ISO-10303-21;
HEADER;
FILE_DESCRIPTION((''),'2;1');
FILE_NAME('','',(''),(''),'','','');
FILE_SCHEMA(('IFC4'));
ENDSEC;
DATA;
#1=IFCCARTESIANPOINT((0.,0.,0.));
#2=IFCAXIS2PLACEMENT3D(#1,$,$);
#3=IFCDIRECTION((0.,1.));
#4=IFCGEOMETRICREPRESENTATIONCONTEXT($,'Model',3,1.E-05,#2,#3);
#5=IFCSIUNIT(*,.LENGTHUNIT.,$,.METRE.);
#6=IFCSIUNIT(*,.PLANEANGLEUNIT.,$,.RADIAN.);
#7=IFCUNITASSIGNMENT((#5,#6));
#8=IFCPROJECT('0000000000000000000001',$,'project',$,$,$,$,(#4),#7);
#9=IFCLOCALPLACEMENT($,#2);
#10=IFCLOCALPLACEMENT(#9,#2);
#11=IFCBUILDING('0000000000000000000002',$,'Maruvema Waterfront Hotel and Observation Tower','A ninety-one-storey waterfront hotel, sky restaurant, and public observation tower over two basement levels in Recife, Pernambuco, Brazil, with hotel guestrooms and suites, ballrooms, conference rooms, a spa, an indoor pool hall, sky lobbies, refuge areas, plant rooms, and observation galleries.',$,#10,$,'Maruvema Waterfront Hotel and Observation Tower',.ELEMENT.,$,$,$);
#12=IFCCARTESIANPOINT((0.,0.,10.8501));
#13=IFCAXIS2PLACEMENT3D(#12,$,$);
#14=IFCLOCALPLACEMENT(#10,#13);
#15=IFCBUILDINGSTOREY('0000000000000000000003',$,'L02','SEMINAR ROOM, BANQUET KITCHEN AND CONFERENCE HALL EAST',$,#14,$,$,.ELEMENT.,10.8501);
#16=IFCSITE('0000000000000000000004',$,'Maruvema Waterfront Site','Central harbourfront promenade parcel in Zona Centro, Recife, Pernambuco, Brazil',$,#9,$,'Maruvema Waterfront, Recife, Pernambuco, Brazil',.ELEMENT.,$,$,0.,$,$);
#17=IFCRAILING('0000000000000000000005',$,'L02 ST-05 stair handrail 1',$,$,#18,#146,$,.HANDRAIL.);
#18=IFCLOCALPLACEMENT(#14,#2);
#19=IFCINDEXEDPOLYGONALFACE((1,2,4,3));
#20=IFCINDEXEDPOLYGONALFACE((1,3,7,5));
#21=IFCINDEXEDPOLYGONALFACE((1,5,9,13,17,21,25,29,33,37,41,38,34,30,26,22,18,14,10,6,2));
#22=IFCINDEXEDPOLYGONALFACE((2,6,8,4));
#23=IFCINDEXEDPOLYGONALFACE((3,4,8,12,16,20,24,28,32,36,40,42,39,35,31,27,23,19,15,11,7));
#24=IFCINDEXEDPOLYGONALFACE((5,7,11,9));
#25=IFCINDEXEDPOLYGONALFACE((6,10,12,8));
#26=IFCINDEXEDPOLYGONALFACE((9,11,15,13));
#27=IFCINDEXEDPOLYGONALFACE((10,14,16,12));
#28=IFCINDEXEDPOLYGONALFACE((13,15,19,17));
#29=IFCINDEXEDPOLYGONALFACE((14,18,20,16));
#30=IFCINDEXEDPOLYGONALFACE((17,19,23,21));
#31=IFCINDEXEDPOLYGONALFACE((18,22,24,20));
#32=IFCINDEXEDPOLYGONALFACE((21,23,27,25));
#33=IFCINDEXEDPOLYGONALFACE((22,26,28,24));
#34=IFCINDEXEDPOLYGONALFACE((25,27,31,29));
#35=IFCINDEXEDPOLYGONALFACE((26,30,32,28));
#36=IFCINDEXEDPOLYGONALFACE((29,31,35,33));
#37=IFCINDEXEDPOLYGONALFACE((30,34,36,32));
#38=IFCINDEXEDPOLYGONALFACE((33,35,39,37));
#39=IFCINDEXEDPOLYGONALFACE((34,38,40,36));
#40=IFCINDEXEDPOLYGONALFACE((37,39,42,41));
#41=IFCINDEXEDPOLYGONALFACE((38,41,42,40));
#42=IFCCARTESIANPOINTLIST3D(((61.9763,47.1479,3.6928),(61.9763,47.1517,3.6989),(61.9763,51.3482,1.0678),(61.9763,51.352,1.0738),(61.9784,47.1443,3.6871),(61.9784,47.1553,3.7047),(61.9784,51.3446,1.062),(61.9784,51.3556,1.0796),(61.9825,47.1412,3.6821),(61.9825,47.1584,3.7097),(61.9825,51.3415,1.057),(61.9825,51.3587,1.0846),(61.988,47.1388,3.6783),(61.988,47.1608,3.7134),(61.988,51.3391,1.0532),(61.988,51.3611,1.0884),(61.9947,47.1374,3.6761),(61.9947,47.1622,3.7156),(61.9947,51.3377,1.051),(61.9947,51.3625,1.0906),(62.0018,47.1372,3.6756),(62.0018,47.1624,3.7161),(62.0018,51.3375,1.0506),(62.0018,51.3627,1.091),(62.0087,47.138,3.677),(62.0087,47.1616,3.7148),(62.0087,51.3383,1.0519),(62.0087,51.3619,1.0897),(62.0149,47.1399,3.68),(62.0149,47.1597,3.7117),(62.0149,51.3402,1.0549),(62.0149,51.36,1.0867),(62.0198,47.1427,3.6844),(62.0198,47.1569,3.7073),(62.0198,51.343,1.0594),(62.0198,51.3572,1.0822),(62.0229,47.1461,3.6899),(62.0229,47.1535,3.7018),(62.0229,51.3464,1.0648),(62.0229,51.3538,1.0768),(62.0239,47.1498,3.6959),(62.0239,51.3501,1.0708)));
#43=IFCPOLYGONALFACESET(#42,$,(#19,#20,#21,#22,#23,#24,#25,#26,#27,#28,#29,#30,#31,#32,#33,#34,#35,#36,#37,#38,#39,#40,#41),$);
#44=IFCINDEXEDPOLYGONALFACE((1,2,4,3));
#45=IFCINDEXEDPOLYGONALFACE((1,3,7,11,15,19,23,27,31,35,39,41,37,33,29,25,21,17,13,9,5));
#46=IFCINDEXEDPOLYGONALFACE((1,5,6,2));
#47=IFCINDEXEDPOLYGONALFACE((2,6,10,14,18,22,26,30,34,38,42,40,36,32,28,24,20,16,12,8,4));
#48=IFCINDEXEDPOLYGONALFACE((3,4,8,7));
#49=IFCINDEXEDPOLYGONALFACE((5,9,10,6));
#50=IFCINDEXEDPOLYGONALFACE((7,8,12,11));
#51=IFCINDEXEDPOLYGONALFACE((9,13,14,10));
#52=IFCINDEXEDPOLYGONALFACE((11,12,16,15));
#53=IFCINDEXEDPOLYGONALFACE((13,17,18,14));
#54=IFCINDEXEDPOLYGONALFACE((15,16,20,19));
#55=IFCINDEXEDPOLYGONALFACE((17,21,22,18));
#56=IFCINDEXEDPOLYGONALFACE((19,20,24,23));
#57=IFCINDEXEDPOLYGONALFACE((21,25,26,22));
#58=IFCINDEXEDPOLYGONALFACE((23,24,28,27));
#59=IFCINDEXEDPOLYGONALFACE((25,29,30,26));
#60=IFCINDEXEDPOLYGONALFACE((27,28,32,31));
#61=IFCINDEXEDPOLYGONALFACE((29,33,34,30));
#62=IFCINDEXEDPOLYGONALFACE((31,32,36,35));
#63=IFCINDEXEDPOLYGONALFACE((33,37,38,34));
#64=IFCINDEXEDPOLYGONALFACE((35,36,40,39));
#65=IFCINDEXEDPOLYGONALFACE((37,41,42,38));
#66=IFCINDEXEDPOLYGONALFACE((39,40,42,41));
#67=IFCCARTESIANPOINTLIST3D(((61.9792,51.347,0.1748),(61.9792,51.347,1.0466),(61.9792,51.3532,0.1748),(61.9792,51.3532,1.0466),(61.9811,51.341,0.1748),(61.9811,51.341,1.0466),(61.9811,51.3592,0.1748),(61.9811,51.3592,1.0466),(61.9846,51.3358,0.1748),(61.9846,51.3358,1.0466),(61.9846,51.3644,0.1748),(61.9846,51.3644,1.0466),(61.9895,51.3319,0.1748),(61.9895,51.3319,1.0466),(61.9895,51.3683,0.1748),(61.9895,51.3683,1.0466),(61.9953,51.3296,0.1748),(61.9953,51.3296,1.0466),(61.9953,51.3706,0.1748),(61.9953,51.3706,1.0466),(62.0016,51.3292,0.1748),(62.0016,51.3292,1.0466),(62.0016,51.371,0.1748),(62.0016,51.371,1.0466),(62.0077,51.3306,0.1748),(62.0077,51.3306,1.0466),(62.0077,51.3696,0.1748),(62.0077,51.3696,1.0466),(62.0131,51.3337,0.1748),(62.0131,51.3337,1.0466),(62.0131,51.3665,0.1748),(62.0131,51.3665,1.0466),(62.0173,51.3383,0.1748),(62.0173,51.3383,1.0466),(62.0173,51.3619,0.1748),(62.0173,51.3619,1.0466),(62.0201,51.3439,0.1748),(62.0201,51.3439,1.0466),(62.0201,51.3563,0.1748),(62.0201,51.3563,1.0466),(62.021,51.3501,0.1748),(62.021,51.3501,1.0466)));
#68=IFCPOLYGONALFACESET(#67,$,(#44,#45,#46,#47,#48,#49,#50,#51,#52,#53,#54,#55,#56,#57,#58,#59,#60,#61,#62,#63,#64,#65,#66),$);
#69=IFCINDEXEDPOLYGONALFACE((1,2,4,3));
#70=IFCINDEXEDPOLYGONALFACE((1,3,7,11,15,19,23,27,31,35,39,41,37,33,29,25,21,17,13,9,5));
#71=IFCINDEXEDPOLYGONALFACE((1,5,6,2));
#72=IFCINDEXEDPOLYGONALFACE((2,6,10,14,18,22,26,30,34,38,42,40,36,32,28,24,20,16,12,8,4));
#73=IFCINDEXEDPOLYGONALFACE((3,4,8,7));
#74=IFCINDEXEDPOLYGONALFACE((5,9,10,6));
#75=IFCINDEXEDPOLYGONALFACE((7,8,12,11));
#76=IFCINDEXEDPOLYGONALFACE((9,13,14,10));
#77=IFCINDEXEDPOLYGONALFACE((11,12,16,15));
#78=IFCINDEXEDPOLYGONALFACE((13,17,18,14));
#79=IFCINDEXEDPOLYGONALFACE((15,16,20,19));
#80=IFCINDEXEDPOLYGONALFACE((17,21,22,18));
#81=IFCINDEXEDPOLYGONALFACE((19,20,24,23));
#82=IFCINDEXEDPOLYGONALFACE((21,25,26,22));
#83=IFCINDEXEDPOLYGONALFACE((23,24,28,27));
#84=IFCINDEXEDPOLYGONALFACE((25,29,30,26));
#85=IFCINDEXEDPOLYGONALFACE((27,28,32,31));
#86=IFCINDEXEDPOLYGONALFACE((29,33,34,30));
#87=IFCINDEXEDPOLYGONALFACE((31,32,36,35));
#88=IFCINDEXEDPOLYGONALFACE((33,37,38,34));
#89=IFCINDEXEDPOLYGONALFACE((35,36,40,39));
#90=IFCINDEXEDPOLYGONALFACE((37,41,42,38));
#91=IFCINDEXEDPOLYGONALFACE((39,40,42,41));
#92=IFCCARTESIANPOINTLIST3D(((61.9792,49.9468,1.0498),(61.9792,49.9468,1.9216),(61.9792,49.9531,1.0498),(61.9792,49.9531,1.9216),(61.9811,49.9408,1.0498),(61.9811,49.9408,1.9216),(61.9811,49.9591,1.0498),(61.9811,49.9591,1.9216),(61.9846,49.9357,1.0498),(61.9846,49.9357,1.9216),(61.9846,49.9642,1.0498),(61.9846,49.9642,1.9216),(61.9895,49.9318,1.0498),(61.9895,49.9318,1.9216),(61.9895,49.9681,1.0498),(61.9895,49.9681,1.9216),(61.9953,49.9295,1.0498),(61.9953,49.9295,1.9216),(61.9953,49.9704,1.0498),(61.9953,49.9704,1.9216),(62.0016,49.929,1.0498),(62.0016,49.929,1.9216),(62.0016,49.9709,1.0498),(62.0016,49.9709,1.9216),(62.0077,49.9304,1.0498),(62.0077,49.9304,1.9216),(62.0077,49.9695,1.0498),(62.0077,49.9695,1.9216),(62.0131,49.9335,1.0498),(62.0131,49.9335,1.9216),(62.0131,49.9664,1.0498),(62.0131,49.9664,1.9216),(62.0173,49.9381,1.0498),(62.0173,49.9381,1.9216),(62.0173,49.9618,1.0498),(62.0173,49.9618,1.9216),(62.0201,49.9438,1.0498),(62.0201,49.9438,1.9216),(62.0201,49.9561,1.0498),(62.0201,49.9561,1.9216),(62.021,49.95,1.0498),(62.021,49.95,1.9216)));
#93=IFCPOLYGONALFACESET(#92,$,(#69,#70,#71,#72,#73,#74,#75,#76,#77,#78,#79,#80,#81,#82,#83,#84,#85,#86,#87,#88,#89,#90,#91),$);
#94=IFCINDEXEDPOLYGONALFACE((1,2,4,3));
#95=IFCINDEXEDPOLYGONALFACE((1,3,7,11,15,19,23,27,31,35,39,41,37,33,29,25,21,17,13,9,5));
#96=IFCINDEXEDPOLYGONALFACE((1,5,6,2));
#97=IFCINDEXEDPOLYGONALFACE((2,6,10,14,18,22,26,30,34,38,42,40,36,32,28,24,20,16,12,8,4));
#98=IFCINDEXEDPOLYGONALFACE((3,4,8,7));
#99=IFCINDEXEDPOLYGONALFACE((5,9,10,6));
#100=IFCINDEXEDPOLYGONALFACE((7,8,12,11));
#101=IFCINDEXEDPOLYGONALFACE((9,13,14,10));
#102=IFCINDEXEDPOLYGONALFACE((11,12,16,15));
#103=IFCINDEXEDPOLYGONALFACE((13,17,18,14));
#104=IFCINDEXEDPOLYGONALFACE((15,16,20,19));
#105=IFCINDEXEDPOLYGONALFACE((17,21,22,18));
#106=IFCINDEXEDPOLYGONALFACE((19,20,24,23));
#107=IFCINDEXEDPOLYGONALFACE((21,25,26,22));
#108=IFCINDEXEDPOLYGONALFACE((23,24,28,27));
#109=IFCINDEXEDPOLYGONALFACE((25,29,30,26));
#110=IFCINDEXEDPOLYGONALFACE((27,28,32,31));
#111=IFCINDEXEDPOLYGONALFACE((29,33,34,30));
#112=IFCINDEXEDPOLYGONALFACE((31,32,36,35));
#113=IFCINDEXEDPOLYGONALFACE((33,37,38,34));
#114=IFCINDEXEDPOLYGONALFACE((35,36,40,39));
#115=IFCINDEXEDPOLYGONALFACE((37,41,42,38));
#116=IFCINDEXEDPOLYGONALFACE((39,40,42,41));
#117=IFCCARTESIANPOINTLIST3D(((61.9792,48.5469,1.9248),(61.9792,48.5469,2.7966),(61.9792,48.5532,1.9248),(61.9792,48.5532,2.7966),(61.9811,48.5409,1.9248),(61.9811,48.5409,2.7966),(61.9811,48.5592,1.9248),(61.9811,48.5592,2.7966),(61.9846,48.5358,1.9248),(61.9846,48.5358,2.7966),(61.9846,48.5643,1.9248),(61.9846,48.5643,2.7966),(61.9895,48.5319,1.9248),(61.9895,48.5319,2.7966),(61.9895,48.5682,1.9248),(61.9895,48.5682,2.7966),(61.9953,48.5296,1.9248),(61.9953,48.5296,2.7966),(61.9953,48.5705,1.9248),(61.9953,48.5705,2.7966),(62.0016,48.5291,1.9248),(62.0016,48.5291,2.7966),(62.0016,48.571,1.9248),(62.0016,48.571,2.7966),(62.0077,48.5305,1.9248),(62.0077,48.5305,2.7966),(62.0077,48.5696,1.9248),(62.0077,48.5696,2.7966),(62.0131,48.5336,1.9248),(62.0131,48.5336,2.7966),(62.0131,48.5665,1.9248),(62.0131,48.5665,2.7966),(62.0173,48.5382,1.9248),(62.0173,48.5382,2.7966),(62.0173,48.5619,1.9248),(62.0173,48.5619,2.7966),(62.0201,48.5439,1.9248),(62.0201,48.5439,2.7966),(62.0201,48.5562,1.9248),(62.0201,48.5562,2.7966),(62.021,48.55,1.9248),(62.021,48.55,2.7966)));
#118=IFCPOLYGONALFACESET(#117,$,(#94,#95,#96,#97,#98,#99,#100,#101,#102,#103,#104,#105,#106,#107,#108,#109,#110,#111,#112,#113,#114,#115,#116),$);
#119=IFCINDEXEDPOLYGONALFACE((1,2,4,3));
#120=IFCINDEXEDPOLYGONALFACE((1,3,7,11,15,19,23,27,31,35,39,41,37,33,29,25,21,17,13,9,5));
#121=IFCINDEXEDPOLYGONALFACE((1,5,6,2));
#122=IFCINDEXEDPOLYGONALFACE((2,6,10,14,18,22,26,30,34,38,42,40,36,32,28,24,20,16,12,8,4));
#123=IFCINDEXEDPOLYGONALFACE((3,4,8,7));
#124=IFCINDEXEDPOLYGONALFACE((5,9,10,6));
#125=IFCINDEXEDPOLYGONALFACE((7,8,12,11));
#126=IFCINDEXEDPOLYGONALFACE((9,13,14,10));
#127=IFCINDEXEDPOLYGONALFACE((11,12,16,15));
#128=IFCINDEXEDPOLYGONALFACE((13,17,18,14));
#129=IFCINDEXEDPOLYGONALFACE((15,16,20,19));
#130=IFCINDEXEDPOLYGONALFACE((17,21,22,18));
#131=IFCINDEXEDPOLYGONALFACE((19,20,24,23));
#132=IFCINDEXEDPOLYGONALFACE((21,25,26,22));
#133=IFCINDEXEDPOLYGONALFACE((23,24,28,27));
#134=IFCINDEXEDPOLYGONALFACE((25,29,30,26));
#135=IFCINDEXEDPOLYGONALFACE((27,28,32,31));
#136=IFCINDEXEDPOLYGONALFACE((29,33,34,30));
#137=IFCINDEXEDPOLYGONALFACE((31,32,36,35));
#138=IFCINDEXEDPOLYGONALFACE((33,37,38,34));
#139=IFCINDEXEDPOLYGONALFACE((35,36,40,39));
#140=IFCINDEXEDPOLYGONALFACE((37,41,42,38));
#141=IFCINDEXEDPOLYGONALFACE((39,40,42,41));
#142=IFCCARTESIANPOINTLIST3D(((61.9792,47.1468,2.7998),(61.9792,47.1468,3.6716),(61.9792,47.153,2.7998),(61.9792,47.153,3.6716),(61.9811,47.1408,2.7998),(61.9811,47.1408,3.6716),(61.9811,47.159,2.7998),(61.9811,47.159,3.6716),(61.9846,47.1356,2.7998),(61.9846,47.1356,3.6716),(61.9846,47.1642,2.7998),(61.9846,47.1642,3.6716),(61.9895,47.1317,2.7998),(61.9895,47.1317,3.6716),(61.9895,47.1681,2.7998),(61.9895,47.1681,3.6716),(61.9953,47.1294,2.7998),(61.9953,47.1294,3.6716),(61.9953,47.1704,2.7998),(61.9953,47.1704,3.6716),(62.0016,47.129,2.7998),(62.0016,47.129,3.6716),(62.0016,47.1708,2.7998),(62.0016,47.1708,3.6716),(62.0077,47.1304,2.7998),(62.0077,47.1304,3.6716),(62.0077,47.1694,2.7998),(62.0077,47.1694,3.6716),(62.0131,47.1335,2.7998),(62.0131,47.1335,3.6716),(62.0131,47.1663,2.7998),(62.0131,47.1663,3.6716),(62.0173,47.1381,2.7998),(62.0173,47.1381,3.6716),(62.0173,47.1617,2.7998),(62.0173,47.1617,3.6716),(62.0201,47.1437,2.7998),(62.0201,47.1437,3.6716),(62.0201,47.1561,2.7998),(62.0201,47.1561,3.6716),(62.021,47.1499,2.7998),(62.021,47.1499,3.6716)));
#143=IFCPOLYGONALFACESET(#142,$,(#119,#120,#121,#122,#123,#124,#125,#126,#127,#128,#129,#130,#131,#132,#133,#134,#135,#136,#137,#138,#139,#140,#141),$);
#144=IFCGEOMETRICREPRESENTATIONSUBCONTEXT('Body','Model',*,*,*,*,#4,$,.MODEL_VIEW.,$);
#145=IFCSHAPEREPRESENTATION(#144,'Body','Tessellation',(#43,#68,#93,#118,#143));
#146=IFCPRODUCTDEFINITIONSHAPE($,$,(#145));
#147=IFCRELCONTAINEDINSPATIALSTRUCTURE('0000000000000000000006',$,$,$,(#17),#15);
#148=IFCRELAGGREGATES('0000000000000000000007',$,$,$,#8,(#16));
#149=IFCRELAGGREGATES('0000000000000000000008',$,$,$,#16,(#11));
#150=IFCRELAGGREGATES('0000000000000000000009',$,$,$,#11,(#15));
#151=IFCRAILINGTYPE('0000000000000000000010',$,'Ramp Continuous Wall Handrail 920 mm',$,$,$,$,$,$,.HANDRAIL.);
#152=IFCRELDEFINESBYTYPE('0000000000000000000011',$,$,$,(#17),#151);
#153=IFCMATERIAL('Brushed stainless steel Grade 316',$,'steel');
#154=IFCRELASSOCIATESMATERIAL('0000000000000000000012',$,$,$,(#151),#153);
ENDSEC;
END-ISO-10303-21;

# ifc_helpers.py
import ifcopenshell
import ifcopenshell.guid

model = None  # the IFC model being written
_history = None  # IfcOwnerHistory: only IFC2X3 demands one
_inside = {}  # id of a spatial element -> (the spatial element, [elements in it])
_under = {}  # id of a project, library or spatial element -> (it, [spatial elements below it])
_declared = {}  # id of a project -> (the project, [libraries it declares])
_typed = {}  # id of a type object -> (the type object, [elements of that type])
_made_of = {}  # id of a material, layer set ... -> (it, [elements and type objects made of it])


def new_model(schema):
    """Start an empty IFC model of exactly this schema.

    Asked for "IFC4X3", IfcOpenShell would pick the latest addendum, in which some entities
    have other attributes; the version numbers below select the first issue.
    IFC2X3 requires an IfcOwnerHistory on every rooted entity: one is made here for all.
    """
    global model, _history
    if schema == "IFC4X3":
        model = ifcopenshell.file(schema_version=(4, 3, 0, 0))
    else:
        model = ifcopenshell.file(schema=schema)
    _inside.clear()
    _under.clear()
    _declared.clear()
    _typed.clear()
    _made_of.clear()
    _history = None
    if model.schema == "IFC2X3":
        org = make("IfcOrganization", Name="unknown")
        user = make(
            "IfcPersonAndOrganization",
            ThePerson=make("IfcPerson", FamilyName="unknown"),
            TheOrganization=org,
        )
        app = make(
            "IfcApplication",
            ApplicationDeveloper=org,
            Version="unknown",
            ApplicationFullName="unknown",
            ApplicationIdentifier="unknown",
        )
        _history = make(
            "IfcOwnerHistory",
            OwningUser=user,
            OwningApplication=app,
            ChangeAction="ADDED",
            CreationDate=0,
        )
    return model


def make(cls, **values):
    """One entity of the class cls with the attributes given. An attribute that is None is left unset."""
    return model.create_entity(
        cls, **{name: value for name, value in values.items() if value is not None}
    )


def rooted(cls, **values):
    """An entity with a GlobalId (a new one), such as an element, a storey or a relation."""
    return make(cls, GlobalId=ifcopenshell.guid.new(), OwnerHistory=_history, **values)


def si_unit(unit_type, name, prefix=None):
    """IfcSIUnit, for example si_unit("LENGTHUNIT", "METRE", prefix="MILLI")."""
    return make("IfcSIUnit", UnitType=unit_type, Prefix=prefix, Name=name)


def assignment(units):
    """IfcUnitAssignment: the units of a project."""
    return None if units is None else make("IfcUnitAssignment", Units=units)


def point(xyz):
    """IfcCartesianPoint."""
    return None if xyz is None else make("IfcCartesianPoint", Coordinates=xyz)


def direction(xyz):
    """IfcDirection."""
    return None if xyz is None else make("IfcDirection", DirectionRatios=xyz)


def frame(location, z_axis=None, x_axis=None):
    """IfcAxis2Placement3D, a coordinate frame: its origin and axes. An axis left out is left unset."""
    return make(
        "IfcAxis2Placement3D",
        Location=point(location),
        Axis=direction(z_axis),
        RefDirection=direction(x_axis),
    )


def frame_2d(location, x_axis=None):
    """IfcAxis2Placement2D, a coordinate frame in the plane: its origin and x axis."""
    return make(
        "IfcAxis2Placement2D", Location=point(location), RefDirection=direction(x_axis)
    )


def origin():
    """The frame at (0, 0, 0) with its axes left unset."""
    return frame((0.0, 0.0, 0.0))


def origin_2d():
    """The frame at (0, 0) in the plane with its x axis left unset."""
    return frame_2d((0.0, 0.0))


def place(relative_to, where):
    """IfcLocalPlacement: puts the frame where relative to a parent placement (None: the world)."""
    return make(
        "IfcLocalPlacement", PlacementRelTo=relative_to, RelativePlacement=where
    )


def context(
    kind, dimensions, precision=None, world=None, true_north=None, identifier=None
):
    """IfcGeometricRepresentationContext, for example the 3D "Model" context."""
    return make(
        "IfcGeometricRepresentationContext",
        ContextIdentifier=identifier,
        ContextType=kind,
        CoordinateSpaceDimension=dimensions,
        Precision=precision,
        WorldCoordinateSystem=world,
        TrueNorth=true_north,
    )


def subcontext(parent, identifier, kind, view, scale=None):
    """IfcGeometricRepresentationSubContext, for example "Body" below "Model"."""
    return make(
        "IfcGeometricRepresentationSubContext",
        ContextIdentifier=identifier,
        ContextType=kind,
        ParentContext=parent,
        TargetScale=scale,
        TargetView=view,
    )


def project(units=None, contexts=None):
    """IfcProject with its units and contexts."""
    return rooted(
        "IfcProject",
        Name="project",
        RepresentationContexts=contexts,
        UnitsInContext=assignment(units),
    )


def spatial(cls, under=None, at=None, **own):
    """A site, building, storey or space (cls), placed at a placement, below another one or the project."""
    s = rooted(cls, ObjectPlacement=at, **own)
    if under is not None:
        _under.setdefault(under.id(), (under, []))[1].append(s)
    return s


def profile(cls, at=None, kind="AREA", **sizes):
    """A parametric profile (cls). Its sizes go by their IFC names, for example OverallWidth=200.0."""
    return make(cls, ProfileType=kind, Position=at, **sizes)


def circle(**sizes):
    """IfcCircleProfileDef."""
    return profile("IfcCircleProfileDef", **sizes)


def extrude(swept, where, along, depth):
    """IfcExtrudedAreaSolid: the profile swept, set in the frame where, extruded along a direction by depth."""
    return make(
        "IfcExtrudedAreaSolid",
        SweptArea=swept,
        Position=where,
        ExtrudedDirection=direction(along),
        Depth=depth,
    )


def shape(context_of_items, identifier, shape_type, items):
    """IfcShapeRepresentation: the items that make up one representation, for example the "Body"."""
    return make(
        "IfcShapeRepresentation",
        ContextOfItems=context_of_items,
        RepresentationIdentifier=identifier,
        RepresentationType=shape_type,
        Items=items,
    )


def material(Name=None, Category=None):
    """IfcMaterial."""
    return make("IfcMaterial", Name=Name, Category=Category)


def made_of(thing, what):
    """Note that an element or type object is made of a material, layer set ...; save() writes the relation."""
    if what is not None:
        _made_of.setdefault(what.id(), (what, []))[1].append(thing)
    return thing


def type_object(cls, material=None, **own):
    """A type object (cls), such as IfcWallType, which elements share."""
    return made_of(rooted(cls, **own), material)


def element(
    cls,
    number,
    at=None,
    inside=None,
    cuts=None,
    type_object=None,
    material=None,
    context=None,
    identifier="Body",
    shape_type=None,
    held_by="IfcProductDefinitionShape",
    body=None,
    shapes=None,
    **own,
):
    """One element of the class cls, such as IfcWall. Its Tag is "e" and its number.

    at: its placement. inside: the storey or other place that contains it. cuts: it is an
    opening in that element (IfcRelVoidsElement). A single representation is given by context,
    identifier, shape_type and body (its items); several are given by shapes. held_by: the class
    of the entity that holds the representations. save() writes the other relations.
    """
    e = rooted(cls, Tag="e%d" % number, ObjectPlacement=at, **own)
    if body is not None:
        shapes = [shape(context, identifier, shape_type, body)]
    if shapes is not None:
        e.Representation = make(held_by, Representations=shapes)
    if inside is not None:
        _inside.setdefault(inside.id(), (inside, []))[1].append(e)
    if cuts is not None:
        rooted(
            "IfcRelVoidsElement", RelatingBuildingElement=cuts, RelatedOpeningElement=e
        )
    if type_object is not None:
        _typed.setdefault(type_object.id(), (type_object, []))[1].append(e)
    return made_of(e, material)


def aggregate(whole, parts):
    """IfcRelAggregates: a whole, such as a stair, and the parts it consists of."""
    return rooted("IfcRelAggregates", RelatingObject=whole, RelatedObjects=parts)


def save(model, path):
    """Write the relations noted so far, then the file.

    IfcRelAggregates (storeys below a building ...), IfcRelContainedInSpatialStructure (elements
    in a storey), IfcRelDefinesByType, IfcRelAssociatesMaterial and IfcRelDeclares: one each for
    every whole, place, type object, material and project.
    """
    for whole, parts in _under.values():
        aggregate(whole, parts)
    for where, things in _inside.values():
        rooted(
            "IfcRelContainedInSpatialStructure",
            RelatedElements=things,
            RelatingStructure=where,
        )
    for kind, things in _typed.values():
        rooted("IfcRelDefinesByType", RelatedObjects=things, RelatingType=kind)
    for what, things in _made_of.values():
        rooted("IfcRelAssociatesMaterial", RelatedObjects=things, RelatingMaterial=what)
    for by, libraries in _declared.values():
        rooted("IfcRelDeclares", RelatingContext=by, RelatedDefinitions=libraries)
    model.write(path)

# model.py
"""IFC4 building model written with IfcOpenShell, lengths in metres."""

from ifc_helpers import new_model, si_unit, direction, frame, origin, origin_2d, place, context, subcontext, project, spatial, circle, extrude, material, type_object, element, save


model = new_model("IFC4")

# Units and contexts
model_context = context("Model", 3, precision=1e-05, world=origin(), true_north=direction((0.0, 1.0)))
body_context = subcontext(model_context, "Body", "Model", "MODEL_VIEW")
ifc_project = project(units=[si_unit("LENGTHUNIT", "METRE"), si_unit("PLANEANGLEUNIT", "RADIAN")], contexts=[model_context])

# Site, building, storey
site_placement = place(None, origin())
site = spatial("IfcSite", under=ifc_project, at=site_placement, Name="Maruvema Waterfront Site", Description="Central harbourfront promenade parcel in Zona Centro, Recife, Pernambuco, Brazil", LongName="Maruvema Waterfront, Recife, Pernambuco, Brazil", CompositionType="ELEMENT", RefElevation=0.0)
building_placement = place(site_placement, origin())
building = spatial("IfcBuilding", under=site, at=building_placement, Name="Maruvema Waterfront Hotel and Observation Tower", Description="A ninety-one-storey waterfront hotel, sky restaurant, and public observation tower over two basement levels in Recife, Pernambuco, Brazil, with hotel guestrooms and suites, ballrooms, conference rooms, a spa, an indoor pool hall, sky lobbies, refuge areas, plant rooms, and observation galleries.", LongName="Maruvema Waterfront Hotel and Observation Tower", CompositionType="ELEMENT")
storey_placement = place(building_placement, frame((0.0, 0.0, 10.8501)))
storey = spatial("IfcBuildingStorey", under=building, at=storey_placement, Name="L02", Description="SEMINAR ROOM, BANQUET KITCHEN AND CONFERENCE HALL EAST", CompositionType="ELEMENT", Elevation=10.8501)

# Railing
ifc_material_1 = material(Name="Brushed stainless steel Grade 316", Category="steel")
railing_type_1 = type_object("IfcRailingType", Name="Ramp Continuous Wall Handrail 920 mm", PredefinedType="HANDRAIL", material=ifc_material_1)
railing_1_placement = place(storey_placement, frame((62.0, 51.3501, 0.1748)))
element("IfcRailing", 1, at=railing_1_placement, inside=storey, type_object=railing_type_1, Name="L02 ST-05 stair handrail 1", PredefinedType="HANDRAIL", context=body_context, shape_type="SweptSolid", body=[
    extrude(circle(Radius=0.0239, at=origin_2d()), frame((0.0, 0.0, 0.896), z_axis=(0.0, -0.848009, 0.529981), x_axis=(1.0, 0.0, 0.0)), (0.0, 0.0, 1.0), 4.9531),
    extrude(circle(Radius=0.021, at=origin_2d()), origin(), (0.0, 0.0, 1.0), 0.8718),
    extrude(circle(Radius=0.021, at=origin_2d()), frame((0.0, -1.4001, 0.875)), (0.0, 0.0, 1.0), 0.8718),
    extrude(circle(Radius=0.021, at=origin_2d()), frame((0.0, -2.8, 1.75)), (0.0, 0.0, 1.0), 0.8718),
    extrude(circle(Radius=0.021, at=origin_2d()), frame((0.0, -4.2002, 2.625)), (0.0, 0.0, 1.0), 0.8718),
])

save(model, "model.ifc")
